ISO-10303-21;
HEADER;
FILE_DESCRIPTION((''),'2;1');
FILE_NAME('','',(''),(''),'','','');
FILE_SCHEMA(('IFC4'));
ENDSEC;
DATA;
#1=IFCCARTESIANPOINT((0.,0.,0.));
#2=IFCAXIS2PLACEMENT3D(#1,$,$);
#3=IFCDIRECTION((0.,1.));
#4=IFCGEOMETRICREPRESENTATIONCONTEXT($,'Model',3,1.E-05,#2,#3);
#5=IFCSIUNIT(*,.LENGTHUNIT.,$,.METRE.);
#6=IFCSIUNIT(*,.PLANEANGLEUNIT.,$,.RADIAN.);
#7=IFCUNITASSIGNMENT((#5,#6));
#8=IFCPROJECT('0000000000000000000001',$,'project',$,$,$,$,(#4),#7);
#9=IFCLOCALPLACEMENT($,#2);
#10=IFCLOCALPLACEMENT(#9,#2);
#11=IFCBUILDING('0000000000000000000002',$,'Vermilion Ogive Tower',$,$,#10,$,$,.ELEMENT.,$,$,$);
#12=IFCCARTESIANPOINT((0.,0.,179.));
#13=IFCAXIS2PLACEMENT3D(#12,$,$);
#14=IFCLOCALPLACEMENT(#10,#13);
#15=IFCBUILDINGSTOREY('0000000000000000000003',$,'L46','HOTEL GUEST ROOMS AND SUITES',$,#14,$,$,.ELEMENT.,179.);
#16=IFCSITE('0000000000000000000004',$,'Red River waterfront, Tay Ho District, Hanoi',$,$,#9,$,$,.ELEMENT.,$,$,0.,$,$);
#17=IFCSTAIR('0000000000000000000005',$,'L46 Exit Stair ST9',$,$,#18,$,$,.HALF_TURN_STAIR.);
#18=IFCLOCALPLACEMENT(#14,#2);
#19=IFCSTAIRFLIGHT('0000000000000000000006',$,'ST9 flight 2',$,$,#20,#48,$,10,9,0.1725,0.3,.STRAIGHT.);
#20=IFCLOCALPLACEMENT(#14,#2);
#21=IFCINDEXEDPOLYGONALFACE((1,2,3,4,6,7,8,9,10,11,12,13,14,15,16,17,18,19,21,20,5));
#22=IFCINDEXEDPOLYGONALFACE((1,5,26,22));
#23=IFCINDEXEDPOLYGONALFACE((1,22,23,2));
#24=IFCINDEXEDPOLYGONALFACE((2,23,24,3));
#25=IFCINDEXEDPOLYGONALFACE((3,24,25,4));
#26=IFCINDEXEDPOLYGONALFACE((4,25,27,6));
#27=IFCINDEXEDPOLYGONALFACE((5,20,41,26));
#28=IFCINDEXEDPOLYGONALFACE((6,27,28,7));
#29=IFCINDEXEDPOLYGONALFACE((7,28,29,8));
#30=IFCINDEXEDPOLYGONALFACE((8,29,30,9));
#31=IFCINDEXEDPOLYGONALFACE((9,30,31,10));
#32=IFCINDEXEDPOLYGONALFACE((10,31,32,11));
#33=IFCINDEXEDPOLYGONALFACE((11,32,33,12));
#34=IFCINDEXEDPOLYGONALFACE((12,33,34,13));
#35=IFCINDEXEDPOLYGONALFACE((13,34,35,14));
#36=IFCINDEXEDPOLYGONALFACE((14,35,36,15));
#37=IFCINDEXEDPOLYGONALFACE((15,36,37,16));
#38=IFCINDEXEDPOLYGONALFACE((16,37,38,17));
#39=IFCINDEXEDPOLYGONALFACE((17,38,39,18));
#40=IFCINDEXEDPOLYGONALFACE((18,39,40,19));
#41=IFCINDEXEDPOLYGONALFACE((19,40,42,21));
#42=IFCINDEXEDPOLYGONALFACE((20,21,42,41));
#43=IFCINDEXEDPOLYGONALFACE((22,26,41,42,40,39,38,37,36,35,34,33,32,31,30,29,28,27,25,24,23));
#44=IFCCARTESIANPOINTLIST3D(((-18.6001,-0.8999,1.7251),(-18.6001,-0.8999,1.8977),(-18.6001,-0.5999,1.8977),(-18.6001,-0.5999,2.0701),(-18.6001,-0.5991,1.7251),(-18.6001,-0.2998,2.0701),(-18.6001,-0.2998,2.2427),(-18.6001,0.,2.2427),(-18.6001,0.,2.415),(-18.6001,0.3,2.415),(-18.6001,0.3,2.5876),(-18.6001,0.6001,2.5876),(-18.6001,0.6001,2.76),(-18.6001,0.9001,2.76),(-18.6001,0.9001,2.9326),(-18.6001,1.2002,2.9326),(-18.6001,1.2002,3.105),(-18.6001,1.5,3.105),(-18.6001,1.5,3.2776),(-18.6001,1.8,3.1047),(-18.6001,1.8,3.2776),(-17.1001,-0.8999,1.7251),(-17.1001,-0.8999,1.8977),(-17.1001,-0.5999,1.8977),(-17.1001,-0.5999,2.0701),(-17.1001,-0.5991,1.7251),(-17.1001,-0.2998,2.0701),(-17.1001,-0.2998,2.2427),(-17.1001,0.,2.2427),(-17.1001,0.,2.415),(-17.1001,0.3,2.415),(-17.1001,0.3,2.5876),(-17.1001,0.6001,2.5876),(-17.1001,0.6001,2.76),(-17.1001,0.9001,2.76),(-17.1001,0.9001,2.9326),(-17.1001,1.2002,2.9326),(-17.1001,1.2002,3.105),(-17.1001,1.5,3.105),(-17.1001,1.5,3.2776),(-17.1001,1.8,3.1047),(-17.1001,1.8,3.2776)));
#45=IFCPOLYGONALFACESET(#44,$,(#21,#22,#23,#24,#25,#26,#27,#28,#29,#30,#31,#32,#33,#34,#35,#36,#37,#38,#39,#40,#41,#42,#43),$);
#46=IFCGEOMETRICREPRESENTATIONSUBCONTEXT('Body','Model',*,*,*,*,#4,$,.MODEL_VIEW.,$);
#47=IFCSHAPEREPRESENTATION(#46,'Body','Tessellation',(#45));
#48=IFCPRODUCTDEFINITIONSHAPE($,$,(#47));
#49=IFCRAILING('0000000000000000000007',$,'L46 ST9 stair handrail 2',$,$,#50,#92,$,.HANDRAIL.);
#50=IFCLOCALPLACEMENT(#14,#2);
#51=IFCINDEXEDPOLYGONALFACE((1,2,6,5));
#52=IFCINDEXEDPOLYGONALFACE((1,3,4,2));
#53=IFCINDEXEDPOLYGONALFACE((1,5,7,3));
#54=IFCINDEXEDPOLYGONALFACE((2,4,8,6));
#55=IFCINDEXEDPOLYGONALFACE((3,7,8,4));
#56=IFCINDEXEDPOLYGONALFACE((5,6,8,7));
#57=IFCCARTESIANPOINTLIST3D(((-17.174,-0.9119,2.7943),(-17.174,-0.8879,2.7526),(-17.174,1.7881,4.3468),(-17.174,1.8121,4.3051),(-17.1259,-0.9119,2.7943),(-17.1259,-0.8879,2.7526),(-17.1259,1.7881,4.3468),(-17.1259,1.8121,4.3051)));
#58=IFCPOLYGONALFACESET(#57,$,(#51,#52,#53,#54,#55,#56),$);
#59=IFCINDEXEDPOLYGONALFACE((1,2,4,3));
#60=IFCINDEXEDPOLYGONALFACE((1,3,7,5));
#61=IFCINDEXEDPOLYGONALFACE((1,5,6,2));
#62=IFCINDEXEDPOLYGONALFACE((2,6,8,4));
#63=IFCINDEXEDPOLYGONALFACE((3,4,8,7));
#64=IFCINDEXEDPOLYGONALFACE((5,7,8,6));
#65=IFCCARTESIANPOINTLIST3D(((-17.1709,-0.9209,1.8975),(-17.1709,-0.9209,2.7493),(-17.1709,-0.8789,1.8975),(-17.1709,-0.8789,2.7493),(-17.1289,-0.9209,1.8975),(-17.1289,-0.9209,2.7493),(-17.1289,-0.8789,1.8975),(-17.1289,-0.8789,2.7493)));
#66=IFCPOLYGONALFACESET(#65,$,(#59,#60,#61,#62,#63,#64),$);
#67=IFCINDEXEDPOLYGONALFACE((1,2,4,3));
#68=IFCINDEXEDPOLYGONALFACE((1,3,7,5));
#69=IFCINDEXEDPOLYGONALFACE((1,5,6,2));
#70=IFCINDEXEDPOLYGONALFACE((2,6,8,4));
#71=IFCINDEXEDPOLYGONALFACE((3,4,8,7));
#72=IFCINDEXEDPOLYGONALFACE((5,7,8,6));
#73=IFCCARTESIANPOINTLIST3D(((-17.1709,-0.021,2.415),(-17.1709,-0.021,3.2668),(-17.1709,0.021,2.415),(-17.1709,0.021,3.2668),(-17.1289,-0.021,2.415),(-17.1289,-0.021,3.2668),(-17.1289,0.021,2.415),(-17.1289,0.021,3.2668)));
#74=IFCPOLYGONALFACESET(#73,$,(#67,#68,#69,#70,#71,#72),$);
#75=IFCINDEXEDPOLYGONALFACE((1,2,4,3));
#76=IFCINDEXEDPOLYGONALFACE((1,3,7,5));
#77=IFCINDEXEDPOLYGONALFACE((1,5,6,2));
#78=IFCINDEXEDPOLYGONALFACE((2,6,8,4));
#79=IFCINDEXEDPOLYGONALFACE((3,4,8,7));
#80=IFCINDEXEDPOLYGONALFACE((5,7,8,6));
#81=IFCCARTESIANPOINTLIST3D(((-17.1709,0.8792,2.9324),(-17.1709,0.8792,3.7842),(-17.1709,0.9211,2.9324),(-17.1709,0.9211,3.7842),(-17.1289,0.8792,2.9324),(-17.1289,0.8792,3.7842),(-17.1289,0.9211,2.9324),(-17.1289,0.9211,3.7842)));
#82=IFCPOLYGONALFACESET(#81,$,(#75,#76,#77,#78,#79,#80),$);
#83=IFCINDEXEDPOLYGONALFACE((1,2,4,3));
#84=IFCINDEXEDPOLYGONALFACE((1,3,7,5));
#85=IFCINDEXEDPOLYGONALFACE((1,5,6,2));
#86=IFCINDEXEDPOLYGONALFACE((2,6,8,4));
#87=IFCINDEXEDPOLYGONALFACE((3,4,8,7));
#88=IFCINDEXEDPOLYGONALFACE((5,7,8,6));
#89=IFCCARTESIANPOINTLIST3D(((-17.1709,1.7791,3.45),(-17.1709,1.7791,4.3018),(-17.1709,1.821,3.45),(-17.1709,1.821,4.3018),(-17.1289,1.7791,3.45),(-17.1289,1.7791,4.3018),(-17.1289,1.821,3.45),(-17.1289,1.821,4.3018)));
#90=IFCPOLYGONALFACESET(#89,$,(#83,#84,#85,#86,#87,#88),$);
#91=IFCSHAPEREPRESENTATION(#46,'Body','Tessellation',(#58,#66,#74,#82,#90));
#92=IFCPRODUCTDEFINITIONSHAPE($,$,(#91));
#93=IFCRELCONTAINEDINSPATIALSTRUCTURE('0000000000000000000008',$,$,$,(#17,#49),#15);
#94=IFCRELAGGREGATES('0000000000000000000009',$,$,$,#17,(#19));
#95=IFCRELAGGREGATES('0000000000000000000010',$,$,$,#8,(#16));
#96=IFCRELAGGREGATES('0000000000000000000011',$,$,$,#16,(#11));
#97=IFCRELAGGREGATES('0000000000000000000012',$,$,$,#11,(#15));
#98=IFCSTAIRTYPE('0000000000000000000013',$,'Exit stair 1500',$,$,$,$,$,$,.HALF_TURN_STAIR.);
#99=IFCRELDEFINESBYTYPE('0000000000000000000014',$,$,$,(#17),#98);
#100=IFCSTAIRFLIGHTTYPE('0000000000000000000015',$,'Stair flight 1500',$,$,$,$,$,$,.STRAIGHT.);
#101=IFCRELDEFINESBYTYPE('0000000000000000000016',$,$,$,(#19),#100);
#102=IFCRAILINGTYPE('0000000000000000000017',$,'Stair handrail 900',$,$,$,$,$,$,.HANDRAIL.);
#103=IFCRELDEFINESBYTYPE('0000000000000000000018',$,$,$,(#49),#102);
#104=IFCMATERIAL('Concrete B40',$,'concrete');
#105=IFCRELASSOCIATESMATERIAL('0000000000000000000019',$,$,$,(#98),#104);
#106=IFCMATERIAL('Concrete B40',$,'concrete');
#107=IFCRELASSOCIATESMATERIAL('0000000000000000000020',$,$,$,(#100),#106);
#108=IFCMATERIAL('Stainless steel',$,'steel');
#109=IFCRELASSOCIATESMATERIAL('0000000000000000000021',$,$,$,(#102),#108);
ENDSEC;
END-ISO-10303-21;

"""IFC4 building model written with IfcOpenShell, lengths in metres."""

from ifc_helpers import new_model, si_unit, direction, frame, origin, origin_2d, place, context, subcontext, project, spatial, polyline, rectangle, outline, extrude, material, type_object, element, aggregate, save


model = new_model("IFC4")

# Units and contexts
model_context = context("Model", 3, precision=1e-05, world=origin(), true_north=direction((0.0, 1.0)))
body_context = subcontext(model_context, "Body", "Model", "MODEL_VIEW")
ifc_project = project(units=[si_unit("LENGTHUNIT", "METRE"), si_unit("PLANEANGLEUNIT", "RADIAN")], contexts=[model_context])

# Site, building, storey
site_placement = place(None, origin())
site = spatial("IfcSite", under=ifc_project, at=site_placement, Name="Red River waterfront, Tay Ho District, Hanoi", CompositionType="ELEMENT", RefElevation=0.0)
building_placement = place(site_placement, origin())
building = spatial("IfcBuilding", under=site, at=building_placement, Name="Vermilion Ogive Tower", CompositionType="ELEMENT")
storey_placement = place(building_placement, frame((0.0, 0.0, 179.0)))
storey = spatial("IfcBuildingStorey", under=building, at=storey_placement, Name="L46", Description="HOTEL GUEST ROOMS AND SUITES", CompositionType="ELEMENT", Elevation=179.0)

# Stair, stair flight
ifc_material_1 = material(Name="Concrete B40", Category="concrete")
stair_type = type_object("IfcStairType", Name="Exit stair 1500", PredefinedType="HALF_TURN_STAIR", material=ifc_material_1)
stair_placement = place(storey_placement, origin())
stair = element("IfcStair", 1, at=stair_placement, inside=storey, type_object=stair_type, Name="L46 Exit Stair ST9", PredefinedType="HALF_TURN_STAIR")
ifc_material_2 = material(Name="Concrete B40", Category="concrete")
stair_flight_type = type_object("IfcStairFlightType", Name="Stair flight 1500", PredefinedType="STRAIGHT", material=ifc_material_2)
stair_flight_placement = place(storey_placement, frame((-17.8501, -0.8999, 1.7251), z_axis=(0.0, 0.0, 1.0), x_axis=(0.0, 1.0, 0.0)))
stair_flight = element("IfcStairFlight", 2, at=stair_flight_placement, type_object=stair_flight_type, Name="ST9 flight 2", NumberOfRisers=10, NumberOfTreads=9, PredefinedType="STRAIGHT", RiserHeight=0.1725, TreadLength=0.3, context=body_context, shape_type="SweptSolid", body=[
    extrude(outline(polyline([(0.0, 0.0), (0.0, 0.1726), (0.3, 0.1726), (0.3, 0.345), (0.6001, 0.345), (0.6001, 0.5176), (0.8999, 0.5176), (0.8999, 0.6899), (1.2, 0.6899), (1.2, 0.8625), (1.5, 0.8625), (1.5, 1.0349), (1.8, 1.0349), (1.8, 1.2075), (2.1001, 1.2075), (2.1001, 1.3799), (2.3999, 1.3799), (2.3999, 1.5525), (2.7, 1.5525), (2.7, 1.7251), (2.7, 1.3796), (0.3008, 0.0), (0.0, 0.0)])), frame((0.0, 0.75, 0.0), z_axis=(0.0, -1.0, 0.0), x_axis=(1.0, 0.0, 0.0)), (0.0, 0.0, 1.0), 1.5),
])
aggregate(stair, [stair_flight])

# Railing
ifc_material_3 = material(Name="Stainless steel", Category="steel")
railing_type = type_object("IfcRailingType", Name="Stair handrail 900", PredefinedType="HANDRAIL", material=ifc_material_3)
railing_placement = place(storey_placement, frame((-17.1499, -0.8999, 1.8975)))
element("IfcRailing", 3, at=railing_placement, inside=storey, type_object=railing_type, Name="L46 ST9 stair handrail 2", PredefinedType="HANDRAIL", context=body_context, shape_type="SweptSolid", body=[
    extrude(rectangle(XDim=0.0481, YDim=0.0481, at=origin_2d()), frame((0.0, 0.0, 0.876), z_axis=(0.0, 0.866904, 0.498476), x_axis=(-1.0, 0.0, 0.0)), (0.0, 0.0, 1.0), 3.1145),
    extrude(rectangle(XDim=0.042, YDim=0.042, at=origin_2d()), origin(), (0.0, 0.0, 1.0), 0.8518),
    extrude(rectangle(XDim=0.042, YDim=0.042, at=origin_2d()), frame((0.0, 0.8999, 0.5176)), (0.0, 0.0, 1.0), 0.8518),
    extrude(rectangle(XDim=0.042, YDim=0.042, at=origin_2d()), frame((0.0, 1.8, 1.0349)), (0.0, 0.0, 1.0), 0.8518),
    extrude(rectangle(XDim=0.042, YDim=0.042, at=origin_2d()), frame((0.0, 2.7, 1.5525)), (0.0, 0.0, 1.0), 0.8518),
])

save(model, "model.ifc")
